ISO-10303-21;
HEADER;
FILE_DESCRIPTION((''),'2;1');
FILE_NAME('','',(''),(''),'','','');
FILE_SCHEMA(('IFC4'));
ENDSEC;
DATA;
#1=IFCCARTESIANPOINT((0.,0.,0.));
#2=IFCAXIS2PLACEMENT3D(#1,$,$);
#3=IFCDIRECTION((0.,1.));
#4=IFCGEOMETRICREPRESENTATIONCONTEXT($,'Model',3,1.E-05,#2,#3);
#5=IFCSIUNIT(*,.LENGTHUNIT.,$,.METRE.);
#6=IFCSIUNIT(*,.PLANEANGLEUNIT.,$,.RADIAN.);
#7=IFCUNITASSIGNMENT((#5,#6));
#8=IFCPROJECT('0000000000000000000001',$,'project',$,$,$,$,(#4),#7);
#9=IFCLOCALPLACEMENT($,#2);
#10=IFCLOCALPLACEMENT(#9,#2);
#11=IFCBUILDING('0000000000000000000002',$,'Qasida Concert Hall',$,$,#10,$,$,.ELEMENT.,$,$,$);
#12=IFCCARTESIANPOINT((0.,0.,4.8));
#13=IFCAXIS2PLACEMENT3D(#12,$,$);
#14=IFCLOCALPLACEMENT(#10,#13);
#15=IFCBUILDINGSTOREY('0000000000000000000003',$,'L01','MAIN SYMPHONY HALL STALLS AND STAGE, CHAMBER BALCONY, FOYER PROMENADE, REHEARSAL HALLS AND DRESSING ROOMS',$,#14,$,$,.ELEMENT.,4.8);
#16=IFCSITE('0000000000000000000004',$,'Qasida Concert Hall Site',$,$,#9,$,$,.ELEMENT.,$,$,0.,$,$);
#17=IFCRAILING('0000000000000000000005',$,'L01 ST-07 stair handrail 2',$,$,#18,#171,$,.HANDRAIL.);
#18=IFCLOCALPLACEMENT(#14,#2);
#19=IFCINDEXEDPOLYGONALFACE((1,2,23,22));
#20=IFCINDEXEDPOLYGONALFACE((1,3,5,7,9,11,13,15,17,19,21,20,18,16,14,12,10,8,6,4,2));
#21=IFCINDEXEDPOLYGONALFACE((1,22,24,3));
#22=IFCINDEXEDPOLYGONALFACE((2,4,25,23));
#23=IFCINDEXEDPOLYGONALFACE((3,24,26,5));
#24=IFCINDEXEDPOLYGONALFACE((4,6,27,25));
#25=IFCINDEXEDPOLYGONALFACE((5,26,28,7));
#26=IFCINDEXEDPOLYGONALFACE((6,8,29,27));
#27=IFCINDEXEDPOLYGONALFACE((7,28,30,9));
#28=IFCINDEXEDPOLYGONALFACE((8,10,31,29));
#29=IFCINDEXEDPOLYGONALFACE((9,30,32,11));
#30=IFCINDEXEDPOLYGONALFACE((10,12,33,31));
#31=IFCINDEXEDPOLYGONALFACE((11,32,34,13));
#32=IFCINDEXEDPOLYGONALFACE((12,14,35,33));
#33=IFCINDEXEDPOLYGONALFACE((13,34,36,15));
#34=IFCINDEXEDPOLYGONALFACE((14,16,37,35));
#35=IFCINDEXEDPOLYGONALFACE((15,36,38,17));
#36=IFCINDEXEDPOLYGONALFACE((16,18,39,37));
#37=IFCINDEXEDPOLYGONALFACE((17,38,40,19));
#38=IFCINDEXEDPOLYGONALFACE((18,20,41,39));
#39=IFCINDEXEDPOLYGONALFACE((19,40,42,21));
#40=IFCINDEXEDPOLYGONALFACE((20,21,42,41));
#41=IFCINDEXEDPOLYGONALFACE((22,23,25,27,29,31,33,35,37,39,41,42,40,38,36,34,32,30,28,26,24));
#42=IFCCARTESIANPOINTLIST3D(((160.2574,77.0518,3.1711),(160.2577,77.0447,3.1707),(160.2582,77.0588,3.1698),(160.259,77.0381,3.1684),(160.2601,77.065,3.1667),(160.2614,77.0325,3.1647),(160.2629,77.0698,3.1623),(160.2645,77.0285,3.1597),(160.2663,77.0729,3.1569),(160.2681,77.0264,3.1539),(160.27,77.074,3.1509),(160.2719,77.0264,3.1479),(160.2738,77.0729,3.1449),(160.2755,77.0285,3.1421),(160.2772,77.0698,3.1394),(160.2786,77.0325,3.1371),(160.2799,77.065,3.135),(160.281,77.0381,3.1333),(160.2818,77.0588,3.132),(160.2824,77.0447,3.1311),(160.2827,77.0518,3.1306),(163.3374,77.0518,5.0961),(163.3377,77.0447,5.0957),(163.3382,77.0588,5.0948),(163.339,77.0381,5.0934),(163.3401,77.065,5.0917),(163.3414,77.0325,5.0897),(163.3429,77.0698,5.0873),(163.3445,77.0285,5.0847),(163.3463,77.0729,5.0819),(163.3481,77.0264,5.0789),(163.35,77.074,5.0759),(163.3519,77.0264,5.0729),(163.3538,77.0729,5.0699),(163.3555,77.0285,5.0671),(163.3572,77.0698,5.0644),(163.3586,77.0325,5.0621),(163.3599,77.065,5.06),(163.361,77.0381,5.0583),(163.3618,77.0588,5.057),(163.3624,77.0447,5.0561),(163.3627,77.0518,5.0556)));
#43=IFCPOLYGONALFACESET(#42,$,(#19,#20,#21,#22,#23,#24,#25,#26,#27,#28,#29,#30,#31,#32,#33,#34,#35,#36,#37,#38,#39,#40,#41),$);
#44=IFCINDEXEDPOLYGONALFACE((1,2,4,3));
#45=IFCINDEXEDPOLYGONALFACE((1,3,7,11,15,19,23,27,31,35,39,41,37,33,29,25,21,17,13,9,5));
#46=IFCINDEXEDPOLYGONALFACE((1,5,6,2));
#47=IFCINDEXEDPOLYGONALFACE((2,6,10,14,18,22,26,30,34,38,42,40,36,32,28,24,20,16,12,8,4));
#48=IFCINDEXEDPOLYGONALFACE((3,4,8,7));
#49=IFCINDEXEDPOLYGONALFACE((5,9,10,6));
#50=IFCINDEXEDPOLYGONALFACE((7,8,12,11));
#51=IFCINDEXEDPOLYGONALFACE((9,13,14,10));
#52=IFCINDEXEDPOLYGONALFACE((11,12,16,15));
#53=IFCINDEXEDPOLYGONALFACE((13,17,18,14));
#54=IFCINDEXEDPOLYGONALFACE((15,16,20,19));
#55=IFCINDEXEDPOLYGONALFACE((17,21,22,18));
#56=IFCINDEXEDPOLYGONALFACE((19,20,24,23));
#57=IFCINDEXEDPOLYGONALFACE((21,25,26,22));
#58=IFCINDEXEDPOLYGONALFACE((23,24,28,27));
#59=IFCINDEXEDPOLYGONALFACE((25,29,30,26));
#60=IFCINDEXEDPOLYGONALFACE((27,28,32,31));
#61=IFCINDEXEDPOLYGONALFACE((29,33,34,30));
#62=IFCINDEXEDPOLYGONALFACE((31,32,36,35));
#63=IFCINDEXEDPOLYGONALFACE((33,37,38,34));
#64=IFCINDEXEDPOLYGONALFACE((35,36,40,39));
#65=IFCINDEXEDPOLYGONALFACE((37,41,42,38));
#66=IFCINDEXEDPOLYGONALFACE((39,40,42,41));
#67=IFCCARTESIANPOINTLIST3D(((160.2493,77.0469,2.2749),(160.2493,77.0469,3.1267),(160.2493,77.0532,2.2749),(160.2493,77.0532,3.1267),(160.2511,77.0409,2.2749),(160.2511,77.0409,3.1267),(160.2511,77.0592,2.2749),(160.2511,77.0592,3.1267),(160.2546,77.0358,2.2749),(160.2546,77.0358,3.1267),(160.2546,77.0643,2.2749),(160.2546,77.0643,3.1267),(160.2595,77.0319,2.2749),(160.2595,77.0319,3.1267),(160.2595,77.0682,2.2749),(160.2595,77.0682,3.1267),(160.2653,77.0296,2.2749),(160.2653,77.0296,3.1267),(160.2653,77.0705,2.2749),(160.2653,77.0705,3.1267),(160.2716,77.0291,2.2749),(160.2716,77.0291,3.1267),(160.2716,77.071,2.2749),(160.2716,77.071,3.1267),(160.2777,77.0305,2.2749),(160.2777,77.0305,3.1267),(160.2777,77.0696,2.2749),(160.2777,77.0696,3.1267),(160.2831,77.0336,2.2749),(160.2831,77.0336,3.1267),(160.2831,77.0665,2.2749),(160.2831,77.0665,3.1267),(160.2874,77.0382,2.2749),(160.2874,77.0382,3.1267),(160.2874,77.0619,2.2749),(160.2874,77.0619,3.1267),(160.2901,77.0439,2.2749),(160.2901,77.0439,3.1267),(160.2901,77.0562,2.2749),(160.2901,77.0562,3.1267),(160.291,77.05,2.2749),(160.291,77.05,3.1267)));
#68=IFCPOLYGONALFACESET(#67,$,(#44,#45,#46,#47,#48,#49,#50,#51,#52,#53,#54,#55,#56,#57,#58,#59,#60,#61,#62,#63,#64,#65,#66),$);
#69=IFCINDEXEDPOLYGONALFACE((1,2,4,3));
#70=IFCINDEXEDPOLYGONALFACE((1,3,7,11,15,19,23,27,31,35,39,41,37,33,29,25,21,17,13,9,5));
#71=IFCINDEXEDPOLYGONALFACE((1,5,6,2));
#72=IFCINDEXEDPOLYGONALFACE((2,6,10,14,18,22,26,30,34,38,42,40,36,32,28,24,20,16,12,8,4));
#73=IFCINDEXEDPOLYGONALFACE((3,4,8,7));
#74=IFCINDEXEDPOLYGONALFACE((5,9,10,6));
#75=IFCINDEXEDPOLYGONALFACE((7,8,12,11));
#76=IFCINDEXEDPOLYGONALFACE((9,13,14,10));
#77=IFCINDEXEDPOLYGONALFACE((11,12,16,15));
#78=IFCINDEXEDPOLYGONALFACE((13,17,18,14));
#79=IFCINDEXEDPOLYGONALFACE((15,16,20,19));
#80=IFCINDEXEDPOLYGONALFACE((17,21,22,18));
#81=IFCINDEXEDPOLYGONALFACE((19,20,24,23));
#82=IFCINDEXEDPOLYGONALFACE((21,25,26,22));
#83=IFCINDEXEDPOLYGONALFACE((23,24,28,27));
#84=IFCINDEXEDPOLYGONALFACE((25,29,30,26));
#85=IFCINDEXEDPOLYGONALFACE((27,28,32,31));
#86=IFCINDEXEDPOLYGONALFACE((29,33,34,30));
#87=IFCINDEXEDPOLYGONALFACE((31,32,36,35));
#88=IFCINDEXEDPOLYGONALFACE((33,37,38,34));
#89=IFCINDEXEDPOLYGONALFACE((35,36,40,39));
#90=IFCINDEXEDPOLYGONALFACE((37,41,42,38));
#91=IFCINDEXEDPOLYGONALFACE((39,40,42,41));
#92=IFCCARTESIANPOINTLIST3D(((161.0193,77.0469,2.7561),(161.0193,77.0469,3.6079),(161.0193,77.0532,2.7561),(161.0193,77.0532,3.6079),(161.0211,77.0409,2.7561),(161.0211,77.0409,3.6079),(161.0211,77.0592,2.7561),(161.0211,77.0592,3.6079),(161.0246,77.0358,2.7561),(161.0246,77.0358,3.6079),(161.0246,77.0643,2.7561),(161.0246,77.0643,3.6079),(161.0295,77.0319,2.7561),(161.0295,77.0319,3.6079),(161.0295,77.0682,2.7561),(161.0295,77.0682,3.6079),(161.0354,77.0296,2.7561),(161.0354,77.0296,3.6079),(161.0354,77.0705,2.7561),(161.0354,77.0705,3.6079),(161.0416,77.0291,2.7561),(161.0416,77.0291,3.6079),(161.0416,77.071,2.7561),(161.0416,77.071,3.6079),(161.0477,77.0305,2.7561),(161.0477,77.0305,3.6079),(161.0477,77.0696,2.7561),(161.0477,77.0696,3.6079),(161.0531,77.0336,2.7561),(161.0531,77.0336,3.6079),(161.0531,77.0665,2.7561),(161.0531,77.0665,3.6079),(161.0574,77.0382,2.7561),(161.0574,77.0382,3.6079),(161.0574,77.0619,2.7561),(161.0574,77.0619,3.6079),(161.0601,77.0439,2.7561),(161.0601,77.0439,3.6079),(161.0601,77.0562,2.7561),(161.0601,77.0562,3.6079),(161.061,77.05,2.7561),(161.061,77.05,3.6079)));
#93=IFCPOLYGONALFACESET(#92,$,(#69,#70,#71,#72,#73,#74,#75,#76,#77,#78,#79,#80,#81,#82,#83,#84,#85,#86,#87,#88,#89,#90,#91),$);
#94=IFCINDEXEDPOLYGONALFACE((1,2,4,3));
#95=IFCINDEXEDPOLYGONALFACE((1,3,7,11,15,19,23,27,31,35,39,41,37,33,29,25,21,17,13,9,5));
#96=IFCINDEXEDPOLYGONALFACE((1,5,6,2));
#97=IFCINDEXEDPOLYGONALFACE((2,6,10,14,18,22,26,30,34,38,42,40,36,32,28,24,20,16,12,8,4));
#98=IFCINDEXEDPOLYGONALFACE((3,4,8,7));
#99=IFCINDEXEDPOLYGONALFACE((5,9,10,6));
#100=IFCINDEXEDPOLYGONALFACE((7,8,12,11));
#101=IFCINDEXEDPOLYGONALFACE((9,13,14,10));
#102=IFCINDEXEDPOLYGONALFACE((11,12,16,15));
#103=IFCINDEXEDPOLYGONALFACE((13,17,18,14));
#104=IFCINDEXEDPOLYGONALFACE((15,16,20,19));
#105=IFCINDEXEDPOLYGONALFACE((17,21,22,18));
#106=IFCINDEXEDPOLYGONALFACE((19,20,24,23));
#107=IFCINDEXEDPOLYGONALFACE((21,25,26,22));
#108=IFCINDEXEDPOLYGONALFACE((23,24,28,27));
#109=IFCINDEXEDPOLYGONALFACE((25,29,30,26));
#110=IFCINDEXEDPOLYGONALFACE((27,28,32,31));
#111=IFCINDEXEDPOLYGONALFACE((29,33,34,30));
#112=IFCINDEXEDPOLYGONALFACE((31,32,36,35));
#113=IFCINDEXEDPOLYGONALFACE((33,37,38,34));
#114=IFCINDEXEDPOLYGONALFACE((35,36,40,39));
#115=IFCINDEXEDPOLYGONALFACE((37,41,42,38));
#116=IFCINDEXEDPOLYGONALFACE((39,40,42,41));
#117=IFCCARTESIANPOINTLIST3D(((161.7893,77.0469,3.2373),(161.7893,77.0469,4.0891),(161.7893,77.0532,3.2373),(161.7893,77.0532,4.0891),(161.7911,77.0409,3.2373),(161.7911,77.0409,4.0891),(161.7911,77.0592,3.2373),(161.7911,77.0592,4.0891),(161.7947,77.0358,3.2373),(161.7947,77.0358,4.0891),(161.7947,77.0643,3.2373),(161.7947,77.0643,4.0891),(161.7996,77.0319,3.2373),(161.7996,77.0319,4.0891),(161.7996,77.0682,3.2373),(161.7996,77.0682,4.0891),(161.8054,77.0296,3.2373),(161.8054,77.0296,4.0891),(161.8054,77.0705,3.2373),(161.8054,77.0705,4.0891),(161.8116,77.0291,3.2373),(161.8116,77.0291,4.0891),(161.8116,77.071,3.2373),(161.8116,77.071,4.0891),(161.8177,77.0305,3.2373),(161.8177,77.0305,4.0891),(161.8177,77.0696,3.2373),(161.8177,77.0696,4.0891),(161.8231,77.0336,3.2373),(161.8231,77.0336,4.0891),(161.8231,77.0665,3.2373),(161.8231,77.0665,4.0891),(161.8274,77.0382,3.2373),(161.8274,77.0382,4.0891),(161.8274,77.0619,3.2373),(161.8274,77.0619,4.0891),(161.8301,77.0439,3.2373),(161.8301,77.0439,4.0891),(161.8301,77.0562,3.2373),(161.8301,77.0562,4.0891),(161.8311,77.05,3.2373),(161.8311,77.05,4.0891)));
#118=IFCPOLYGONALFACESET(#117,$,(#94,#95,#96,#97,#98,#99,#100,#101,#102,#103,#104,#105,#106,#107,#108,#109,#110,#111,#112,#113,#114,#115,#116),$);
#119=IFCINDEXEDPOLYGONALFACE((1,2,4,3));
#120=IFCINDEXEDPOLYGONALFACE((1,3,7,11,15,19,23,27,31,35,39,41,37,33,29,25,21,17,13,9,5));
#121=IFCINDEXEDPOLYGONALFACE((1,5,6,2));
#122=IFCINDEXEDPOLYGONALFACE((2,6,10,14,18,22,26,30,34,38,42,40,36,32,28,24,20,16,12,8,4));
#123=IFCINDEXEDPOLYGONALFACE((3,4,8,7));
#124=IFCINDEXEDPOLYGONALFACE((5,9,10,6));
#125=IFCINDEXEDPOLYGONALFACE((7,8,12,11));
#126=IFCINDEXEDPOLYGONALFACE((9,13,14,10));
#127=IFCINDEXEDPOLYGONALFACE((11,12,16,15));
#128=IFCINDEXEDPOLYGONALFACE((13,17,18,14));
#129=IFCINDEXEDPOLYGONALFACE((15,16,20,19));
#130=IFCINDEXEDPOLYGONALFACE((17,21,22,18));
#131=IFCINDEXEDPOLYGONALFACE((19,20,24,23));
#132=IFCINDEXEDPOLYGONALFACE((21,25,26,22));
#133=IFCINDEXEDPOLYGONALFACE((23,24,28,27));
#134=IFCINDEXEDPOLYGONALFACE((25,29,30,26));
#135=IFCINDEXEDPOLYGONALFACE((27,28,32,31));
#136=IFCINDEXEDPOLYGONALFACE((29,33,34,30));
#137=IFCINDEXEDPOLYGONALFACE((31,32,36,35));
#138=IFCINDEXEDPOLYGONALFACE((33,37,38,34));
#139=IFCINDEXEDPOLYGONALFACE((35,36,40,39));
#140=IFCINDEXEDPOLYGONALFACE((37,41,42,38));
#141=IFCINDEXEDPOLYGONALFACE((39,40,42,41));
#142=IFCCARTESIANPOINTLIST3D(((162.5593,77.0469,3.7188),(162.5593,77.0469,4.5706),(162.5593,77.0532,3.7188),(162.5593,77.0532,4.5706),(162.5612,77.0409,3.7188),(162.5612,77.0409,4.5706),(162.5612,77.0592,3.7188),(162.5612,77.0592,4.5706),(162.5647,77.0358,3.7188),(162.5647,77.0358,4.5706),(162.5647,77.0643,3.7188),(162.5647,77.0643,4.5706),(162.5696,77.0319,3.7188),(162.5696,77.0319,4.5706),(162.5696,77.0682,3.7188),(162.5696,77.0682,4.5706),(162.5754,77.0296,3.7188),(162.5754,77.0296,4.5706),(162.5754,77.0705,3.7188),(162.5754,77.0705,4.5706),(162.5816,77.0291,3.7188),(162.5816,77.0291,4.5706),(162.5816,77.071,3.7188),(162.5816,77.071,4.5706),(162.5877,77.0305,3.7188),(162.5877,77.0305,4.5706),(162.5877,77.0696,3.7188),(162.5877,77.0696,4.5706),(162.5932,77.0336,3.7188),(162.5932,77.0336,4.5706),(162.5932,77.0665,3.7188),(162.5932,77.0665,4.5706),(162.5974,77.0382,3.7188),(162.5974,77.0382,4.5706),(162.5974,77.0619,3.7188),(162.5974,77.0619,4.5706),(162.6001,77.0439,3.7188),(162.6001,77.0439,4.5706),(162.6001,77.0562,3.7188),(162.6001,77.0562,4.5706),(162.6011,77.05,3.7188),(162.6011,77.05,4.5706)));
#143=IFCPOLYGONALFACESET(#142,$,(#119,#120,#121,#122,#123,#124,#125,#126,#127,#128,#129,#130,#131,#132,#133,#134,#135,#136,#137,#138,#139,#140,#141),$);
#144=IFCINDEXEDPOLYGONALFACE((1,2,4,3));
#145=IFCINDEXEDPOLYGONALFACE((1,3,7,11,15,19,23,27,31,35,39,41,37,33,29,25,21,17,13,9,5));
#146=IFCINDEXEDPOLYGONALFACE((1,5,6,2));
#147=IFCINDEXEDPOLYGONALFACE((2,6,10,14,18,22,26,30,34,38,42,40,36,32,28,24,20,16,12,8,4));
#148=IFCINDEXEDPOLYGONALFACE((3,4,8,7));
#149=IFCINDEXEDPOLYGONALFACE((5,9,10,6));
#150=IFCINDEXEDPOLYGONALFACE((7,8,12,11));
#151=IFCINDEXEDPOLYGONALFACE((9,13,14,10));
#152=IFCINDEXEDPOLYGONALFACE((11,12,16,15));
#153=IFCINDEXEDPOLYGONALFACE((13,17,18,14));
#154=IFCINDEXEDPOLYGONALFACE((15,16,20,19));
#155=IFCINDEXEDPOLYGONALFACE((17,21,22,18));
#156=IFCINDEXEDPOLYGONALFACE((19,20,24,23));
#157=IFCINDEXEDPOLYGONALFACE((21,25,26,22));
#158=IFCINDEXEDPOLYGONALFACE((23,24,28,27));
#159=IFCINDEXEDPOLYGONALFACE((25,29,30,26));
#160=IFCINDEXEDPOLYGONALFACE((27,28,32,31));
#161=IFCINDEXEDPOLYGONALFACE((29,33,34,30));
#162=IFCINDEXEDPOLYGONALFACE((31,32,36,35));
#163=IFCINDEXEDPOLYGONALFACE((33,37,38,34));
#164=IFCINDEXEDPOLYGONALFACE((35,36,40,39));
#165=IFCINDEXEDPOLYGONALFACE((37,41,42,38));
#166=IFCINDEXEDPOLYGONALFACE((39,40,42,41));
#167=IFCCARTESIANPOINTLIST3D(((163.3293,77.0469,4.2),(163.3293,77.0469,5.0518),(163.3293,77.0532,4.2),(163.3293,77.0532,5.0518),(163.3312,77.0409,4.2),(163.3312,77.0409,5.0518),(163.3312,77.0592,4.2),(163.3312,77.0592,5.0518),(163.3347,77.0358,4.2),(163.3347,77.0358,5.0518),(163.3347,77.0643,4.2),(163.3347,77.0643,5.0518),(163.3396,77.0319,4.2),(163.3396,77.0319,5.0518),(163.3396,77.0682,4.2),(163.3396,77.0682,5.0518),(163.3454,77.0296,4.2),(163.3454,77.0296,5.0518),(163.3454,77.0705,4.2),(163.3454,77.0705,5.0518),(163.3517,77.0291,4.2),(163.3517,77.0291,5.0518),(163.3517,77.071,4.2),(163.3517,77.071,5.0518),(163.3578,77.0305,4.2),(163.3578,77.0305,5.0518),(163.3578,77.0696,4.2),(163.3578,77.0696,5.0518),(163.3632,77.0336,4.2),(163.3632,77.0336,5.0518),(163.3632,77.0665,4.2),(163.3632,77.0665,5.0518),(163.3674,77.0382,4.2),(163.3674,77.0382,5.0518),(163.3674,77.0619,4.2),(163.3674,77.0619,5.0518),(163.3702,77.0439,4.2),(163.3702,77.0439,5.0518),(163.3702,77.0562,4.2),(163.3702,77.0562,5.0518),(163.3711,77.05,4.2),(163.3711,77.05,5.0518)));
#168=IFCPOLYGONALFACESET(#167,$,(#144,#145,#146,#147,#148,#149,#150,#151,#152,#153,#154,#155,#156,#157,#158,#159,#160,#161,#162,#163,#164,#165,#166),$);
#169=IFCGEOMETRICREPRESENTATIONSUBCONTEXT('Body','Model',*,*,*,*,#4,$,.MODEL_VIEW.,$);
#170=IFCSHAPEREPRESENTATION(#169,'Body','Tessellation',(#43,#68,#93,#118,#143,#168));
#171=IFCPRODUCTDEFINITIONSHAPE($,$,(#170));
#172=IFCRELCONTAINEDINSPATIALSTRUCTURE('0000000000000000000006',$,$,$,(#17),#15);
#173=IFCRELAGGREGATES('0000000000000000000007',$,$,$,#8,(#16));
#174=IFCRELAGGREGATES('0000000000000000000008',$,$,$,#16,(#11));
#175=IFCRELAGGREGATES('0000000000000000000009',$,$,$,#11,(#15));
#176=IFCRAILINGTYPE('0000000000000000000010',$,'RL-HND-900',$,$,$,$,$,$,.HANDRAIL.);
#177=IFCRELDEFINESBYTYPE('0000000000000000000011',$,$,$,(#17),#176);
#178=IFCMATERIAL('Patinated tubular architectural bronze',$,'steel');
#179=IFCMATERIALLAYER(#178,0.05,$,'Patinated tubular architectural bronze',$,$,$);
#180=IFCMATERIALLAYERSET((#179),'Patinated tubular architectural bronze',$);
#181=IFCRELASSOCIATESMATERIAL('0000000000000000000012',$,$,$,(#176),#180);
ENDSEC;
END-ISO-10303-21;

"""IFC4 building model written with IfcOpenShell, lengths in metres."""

from ifc_helpers import new_model, si_unit, direction, frame, origin, origin_2d, place, context, subcontext, project, spatial, circle, extrude, material, layer, layer_set, type_object, element, save


model = new_model("IFC4")

# Units and contexts
model_context = context("Model", 3, precision=1e-05, world=origin(), true_north=direction((0.0, 1.0)))
body_context = subcontext(model_context, "Body", "Model", "MODEL_VIEW")
ifc_project = project(units=[si_unit("LENGTHUNIT", "METRE"), si_unit("PLANEANGLEUNIT", "RADIAN")], contexts=[model_context])

# Site, building, storey
site_placement = place(None, origin())
site = spatial("IfcSite", under=ifc_project, at=site_placement, Name="Qasida Concert Hall Site", CompositionType="ELEMENT", RefElevation=0.0)
building_placement = place(site_placement, origin())
building = spatial("IfcBuilding", under=site, at=building_placement, Name="Qasida Concert Hall", CompositionType="ELEMENT")
storey_placement = place(building_placement, frame((0.0, 0.0, 4.8)))
storey = spatial("IfcBuildingStorey", under=building, at=storey_placement, Name="L01", Description="MAIN SYMPHONY HALL STALLS AND STAGE, CHAMBER BALCONY, FOYER PROMENADE, REHEARSAL HALLS AND DRESSING ROOMS", CompositionType="ELEMENT", Elevation=4.8)

# Railing
ifc_material_1 = material(Name="Patinated tubular architectural bronze", Category="steel")
ifc_layer_1 = layer(ifc_material_1, 0.05, Name="Patinated tubular architectural bronze")
ifc_layer_set_1 = layer_set([ifc_layer_1], Name="Patinated tubular architectural bronze")
railing_type_1 = type_object("IfcRailingType", Name="RL-HND-900", PredefinedType="HANDRAIL", material=ifc_layer_set_1)
railing_1_placement = place(storey_placement, frame((160.27, 77.05, 2.2749)))
element("IfcRailing", 1, at=railing_1_placement, inside=storey, type_object=railing_type_1, Name="L01 ST-07 stair handrail 2", PredefinedType="HANDRAIL", context=body_context, shape_type="SweptSolid", body=[
    extrude(circle(Radius=0.0239, at=origin_2d()), frame((0.0, 0.0, 0.876), z_axis=(0.847998, 0.0, 0.529999), x_axis=(0.0, 1.0, 0.0)), (0.0, 0.0, 1.0), 3.6321),
    extrude(circle(Radius=0.021, at=origin_2d()), origin(), (0.0, 0.0, 1.0), 0.8518),
    extrude(circle(Radius=0.021, at=origin_2d()), frame((0.77, 0.0, 0.4812)), (0.0, 0.0, 1.0), 0.8518),
    extrude(circle(Radius=0.021, at=origin_2d()), frame((1.54, 0.0, 0.9624)), (0.0, 0.0, 1.0), 0.8518),
    extrude(circle(Radius=0.021, at=origin_2d()), frame((2.3101, 0.0, 1.4438)), (0.0, 0.0, 1.0), 0.8518),
    extrude(circle(Radius=0.021, at=origin_2d()), frame((3.0801, 0.0, 1.925)), (0.0, 0.0, 1.0), 0.8518),
])

save(model, "model.ifc")
